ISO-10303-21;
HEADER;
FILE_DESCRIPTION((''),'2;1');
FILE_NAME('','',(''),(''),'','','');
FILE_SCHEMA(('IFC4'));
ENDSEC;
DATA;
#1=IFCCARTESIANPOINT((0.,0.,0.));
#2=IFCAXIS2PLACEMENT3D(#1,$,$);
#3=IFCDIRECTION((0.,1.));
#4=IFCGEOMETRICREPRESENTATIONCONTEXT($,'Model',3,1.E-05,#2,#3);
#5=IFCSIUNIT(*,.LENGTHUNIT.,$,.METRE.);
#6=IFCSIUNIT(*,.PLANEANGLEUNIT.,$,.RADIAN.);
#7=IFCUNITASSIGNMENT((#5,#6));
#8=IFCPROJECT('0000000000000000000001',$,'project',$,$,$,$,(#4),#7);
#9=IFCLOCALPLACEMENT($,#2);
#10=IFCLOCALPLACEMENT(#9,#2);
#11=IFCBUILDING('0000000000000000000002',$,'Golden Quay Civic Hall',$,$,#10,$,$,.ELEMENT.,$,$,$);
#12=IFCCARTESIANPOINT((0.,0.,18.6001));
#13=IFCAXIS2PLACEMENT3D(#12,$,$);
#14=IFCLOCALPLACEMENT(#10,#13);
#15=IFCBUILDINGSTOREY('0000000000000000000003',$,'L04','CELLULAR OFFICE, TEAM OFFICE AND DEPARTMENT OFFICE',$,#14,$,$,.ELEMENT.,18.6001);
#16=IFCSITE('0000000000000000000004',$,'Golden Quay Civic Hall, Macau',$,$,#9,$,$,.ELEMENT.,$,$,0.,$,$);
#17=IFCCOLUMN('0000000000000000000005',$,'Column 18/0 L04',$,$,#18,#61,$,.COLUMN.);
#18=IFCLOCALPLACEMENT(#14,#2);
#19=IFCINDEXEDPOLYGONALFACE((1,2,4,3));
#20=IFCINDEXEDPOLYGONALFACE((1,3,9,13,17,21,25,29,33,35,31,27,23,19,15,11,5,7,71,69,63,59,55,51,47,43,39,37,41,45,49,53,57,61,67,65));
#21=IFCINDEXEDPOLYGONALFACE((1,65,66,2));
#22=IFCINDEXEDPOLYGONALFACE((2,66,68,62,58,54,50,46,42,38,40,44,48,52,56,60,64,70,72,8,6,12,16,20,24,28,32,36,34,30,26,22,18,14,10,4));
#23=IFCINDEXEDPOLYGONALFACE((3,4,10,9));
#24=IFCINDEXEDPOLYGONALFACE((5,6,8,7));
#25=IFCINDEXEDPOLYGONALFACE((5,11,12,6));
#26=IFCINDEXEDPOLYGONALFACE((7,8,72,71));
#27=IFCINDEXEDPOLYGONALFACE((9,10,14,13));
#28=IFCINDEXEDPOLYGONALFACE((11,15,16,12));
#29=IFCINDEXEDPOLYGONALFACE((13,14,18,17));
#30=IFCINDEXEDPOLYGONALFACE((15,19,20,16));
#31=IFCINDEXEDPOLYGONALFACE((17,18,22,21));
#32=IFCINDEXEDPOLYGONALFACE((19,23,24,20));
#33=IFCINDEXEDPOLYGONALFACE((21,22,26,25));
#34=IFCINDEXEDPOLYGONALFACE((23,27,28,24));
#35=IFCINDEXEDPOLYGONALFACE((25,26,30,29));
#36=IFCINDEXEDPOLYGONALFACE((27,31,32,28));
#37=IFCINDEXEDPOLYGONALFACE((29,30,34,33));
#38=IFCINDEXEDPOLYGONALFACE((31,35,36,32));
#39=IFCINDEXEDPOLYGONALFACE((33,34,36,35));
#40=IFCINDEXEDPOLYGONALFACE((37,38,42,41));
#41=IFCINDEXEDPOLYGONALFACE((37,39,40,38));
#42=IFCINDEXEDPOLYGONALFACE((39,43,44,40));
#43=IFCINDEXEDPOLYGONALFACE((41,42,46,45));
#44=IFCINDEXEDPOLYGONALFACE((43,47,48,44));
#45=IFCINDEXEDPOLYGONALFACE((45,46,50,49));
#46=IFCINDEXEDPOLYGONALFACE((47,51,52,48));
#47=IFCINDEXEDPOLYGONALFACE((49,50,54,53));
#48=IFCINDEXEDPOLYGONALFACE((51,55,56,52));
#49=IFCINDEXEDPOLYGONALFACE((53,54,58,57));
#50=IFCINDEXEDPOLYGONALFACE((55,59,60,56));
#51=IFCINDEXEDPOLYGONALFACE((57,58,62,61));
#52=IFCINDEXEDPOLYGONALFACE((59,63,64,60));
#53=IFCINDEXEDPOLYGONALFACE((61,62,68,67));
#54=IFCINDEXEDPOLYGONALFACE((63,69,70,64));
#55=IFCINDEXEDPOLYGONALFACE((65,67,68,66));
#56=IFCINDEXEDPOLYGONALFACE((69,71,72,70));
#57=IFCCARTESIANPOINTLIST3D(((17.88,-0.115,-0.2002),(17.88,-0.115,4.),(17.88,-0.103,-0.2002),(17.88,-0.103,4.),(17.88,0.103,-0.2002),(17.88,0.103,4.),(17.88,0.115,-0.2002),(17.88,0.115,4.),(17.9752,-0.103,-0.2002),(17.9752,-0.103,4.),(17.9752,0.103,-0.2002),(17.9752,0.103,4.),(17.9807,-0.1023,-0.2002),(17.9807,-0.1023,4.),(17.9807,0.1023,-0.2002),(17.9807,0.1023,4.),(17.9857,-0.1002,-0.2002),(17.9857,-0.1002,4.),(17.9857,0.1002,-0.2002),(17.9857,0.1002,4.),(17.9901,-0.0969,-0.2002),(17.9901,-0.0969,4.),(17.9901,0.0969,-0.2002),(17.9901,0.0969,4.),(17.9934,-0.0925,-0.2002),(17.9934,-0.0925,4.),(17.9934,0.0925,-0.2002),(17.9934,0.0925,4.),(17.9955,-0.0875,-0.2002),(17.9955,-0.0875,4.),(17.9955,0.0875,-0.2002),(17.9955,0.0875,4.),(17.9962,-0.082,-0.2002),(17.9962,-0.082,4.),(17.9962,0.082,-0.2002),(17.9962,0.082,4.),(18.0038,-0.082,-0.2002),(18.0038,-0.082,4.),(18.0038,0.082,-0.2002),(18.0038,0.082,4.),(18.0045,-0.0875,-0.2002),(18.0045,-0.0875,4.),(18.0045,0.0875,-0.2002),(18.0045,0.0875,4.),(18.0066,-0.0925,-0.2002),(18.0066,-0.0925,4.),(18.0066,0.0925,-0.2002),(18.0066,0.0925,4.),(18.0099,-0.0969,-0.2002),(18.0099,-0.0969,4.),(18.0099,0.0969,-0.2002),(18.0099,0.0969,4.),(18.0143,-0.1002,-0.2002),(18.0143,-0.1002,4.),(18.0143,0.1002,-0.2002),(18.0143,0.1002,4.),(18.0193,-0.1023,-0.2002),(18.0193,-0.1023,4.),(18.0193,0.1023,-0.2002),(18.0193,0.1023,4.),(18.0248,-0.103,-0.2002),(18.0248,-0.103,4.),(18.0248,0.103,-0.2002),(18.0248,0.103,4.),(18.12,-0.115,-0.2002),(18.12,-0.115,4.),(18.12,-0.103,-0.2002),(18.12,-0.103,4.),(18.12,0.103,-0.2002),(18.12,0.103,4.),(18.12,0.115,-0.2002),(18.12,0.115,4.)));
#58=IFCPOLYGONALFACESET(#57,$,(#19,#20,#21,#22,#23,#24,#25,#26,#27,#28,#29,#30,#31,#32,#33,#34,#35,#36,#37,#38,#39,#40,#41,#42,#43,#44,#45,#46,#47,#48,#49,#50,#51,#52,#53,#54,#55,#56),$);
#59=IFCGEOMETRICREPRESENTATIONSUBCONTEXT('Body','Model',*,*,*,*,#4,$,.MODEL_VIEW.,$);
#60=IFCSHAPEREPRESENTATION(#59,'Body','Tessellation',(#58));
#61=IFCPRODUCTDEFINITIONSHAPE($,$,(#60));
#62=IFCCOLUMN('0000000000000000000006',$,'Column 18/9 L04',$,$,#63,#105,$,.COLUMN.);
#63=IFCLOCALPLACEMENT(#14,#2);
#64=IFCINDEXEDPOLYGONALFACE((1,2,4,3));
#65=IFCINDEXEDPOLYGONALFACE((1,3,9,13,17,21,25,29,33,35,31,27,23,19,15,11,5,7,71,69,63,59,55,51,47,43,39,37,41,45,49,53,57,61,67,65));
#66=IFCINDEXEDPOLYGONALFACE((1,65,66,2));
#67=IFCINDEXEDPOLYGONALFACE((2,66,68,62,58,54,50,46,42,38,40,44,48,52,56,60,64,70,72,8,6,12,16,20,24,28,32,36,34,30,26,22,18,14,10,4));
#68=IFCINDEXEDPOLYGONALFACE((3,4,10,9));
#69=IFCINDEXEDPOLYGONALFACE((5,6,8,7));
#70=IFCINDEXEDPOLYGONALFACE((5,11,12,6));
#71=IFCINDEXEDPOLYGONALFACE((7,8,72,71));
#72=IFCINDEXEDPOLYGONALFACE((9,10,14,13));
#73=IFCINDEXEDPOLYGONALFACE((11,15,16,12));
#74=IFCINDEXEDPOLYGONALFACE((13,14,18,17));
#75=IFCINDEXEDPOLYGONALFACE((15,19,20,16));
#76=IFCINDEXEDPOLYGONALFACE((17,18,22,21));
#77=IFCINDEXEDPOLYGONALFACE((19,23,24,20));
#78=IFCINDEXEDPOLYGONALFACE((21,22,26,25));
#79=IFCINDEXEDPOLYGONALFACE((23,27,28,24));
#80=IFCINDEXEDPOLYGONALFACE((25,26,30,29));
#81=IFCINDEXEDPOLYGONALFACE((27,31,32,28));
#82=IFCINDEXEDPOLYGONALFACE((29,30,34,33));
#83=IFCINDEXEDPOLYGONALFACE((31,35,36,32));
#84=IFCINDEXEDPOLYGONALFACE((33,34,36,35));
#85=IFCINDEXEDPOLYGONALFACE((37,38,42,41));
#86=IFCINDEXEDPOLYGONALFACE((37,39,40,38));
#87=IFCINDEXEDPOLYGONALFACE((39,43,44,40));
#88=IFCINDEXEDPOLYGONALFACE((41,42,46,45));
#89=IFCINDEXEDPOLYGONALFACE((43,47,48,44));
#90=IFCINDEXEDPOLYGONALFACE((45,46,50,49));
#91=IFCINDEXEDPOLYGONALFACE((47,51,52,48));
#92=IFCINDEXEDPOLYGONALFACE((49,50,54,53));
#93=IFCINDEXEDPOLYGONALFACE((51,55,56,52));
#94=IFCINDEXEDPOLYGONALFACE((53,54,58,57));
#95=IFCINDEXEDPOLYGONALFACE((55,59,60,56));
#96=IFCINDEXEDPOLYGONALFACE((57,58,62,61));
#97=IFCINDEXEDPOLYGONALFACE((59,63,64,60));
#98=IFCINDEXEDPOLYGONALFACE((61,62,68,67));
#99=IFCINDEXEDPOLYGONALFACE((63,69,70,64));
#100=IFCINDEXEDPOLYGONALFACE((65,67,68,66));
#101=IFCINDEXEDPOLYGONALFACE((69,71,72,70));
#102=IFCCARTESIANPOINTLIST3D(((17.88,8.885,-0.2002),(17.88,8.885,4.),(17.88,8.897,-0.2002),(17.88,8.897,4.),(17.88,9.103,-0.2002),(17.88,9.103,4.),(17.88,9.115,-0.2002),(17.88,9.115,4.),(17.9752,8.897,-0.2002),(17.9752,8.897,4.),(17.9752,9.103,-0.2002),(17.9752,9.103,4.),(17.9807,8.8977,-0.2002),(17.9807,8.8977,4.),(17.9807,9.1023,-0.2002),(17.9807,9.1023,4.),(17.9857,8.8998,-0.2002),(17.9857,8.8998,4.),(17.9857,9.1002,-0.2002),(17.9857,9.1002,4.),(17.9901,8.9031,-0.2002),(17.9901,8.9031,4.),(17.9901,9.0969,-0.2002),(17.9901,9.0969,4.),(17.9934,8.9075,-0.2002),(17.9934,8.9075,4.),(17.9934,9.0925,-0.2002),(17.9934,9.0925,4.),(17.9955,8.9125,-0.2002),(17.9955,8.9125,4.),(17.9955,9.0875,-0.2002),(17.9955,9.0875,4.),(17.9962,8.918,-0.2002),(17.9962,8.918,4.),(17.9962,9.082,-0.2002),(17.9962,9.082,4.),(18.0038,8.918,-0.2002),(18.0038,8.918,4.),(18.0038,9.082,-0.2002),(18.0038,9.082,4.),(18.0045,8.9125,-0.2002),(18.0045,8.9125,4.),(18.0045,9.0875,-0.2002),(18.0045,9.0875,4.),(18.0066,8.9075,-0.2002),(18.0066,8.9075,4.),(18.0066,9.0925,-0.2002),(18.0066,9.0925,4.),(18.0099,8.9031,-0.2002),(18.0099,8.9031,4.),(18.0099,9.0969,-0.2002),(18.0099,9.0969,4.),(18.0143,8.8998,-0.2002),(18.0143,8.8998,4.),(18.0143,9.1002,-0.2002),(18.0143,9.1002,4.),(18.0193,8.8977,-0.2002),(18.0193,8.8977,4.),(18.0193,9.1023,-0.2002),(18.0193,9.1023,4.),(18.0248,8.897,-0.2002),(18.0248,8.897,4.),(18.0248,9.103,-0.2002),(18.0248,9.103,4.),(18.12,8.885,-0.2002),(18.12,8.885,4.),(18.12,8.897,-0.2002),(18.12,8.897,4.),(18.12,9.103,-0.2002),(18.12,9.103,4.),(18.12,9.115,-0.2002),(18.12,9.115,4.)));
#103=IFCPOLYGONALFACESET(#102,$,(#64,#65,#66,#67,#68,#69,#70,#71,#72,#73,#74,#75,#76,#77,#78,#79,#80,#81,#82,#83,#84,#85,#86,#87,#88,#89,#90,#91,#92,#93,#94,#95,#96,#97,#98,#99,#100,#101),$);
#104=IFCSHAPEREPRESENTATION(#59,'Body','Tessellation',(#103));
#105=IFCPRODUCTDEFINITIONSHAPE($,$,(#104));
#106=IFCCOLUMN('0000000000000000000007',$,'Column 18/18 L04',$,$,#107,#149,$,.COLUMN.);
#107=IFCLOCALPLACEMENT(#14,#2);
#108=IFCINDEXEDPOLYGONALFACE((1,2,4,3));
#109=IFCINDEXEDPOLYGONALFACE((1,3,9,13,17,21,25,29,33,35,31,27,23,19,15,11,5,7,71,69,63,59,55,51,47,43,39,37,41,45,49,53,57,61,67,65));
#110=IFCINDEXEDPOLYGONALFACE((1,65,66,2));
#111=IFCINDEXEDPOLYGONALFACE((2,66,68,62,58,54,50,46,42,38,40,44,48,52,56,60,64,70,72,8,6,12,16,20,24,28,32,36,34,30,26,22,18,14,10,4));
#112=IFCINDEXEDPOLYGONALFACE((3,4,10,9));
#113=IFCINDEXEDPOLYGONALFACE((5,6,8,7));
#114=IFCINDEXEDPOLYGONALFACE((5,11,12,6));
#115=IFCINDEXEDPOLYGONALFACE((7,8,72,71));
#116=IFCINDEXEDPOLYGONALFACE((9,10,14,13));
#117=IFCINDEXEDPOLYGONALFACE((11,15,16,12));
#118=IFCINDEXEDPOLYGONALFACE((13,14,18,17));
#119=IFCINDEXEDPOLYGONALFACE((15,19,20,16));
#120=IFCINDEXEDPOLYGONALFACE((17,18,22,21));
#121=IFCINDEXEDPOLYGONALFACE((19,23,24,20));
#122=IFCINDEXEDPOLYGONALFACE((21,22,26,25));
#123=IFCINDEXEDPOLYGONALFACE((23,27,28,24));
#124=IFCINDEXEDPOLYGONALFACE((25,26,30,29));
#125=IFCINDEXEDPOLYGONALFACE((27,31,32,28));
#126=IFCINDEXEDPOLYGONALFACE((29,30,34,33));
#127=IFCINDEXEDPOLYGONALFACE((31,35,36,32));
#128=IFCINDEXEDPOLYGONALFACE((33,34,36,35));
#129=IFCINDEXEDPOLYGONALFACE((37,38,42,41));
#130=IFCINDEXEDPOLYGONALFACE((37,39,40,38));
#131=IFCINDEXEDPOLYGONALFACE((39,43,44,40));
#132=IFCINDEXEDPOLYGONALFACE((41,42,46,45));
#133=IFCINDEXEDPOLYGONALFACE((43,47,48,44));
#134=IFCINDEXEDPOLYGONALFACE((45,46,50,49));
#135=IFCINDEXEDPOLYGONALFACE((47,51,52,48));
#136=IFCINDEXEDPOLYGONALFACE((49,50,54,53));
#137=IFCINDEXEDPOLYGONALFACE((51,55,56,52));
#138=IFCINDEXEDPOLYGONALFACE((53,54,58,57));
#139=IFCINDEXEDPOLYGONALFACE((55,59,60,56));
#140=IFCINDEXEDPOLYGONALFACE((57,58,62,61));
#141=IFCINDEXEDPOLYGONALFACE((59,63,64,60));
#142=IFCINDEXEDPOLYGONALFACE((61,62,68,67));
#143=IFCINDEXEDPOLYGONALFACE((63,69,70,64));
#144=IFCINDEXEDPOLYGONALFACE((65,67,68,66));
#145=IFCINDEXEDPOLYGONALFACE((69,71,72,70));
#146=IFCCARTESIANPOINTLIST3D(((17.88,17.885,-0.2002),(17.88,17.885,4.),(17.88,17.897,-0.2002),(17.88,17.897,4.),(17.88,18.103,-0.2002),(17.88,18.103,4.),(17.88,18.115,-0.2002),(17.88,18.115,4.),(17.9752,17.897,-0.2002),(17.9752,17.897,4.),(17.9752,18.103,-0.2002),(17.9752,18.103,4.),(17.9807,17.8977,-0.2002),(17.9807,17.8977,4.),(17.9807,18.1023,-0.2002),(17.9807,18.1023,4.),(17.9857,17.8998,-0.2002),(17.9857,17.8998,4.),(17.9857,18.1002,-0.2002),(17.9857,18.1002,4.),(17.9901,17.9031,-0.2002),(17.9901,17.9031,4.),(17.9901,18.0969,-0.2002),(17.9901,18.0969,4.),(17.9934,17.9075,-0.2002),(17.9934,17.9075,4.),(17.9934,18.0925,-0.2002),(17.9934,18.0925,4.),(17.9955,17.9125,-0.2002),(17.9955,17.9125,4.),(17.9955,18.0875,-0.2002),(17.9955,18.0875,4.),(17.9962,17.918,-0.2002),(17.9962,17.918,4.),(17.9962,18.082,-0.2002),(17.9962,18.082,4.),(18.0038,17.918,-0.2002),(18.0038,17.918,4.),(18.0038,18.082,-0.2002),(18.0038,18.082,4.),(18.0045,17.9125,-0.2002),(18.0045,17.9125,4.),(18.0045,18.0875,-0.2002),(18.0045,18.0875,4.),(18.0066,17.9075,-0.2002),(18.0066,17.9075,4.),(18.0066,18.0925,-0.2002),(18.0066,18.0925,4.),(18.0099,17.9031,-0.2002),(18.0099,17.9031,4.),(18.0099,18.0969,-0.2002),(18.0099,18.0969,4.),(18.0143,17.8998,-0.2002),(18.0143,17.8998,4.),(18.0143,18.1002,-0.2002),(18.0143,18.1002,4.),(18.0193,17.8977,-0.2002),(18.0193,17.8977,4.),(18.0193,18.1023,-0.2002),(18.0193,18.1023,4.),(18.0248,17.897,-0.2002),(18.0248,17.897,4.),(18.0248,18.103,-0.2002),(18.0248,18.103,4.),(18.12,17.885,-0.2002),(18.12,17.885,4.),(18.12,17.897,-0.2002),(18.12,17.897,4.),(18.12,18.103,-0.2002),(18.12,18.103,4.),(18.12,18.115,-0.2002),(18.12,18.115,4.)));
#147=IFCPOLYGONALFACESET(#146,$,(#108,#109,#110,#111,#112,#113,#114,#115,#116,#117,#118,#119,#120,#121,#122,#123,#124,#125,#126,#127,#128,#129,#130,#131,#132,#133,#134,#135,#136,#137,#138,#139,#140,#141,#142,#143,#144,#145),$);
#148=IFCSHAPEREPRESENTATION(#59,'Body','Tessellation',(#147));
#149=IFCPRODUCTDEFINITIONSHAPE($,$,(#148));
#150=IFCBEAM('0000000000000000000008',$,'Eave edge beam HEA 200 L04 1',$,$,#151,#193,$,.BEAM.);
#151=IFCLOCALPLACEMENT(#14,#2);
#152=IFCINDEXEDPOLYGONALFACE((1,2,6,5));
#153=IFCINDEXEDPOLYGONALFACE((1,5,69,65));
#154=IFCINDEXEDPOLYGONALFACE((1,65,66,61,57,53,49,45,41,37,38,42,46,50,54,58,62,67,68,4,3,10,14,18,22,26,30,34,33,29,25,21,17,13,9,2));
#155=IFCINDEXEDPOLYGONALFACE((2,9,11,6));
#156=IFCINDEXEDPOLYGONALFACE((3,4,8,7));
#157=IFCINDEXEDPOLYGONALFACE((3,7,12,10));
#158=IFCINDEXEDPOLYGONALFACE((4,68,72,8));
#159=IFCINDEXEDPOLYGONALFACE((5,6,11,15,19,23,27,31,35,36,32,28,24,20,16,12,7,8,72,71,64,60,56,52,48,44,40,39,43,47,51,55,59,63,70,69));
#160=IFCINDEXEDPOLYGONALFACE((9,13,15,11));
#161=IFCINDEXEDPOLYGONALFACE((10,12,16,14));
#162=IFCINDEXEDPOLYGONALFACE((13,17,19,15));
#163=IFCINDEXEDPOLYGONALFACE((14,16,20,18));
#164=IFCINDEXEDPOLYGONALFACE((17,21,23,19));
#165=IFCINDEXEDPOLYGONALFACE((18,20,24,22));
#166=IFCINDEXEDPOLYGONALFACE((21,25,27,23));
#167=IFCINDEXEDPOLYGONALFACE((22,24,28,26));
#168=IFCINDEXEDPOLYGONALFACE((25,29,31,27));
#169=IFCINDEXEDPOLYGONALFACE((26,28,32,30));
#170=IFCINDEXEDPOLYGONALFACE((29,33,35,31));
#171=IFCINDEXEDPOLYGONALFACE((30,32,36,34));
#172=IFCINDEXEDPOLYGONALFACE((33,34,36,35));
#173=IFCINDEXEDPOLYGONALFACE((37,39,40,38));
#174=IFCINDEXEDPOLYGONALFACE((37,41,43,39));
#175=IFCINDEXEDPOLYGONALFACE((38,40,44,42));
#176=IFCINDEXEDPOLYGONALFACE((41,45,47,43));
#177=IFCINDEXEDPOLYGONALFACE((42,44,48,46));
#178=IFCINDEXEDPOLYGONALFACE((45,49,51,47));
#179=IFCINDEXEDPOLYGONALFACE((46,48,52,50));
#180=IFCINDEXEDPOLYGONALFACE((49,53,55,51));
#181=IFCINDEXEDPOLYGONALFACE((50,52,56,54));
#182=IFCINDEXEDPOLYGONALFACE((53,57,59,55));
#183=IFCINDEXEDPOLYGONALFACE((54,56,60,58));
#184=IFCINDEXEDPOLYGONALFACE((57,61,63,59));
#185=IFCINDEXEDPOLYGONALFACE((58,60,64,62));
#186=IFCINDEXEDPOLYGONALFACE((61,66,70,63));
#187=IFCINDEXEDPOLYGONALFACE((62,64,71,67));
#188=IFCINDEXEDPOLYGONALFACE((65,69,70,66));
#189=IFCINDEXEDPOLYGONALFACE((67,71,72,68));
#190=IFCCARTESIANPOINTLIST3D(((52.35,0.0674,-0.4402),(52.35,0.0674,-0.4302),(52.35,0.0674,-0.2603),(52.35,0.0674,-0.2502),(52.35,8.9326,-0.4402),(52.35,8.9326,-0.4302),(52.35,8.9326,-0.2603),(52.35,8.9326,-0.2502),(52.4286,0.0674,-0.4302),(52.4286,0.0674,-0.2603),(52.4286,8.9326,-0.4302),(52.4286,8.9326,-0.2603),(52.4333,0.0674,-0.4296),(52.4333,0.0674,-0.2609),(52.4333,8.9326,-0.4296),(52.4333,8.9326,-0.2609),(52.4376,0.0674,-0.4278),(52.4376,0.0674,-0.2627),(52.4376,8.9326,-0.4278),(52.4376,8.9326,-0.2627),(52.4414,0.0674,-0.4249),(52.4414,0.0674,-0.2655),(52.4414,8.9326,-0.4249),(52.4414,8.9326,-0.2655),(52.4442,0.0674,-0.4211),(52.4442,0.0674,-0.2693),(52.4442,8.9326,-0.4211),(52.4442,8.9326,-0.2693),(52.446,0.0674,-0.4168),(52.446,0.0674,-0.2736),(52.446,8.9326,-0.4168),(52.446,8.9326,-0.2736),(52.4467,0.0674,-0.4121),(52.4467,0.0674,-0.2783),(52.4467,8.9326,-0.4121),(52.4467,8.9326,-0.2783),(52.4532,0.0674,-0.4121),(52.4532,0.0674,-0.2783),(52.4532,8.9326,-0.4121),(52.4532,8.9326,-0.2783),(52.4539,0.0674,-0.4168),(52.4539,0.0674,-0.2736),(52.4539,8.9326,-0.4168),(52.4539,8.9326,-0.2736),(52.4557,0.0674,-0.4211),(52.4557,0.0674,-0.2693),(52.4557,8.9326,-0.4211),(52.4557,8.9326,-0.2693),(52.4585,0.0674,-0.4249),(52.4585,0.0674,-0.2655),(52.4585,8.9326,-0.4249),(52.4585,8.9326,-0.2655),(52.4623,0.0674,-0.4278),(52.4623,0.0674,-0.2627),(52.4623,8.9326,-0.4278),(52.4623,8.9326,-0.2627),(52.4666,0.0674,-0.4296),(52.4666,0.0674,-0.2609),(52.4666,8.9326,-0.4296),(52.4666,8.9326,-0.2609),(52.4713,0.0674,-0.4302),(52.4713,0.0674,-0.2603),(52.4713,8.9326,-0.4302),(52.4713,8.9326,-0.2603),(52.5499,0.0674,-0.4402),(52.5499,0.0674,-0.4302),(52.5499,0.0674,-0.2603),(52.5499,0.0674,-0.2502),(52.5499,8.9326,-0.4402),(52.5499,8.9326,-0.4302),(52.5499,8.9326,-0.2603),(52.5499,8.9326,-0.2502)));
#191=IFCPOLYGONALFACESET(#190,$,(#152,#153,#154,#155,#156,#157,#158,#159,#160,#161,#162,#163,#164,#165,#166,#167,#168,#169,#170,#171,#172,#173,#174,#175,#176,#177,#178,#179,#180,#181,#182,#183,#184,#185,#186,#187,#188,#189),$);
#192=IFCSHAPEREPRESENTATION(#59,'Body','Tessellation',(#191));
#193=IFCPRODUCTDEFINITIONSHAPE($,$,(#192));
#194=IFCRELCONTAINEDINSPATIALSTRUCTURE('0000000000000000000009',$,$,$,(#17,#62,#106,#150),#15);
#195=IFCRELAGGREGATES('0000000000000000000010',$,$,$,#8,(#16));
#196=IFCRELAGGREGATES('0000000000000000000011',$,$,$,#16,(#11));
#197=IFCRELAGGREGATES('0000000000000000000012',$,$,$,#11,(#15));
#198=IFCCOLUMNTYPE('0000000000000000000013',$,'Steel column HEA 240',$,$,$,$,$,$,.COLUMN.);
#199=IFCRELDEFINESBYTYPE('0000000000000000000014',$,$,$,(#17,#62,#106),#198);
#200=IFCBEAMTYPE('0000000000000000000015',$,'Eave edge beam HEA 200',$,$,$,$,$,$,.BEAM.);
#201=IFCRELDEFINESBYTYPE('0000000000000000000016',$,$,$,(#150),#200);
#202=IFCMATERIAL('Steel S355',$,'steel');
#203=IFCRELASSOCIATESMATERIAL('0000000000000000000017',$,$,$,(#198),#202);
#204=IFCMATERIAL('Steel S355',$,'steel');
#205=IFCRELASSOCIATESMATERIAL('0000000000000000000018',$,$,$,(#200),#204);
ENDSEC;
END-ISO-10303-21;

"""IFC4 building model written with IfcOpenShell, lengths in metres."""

from ifc_helpers import new_model, si_unit, direction, frame, origin, origin_2d, place, context, subcontext, project, spatial, i_section, extrude, material, material_profile, profile_set, type_object, element, save


model = new_model("IFC4")

# Units and contexts
model_context = context("Model", 3, precision=1e-05, world=origin(), true_north=direction((0.0, 1.0)))
body_context = subcontext(model_context, "Body", "Model", "MODEL_VIEW")
ifc_project = project(units=[si_unit("LENGTHUNIT", "METRE"), si_unit("PLANEANGLEUNIT", "RADIAN")], contexts=[model_context])

# Site, building, storey
site_placement = place(None, origin())
site = spatial("IfcSite", under=ifc_project, at=site_placement, Name="Golden Quay Civic Hall, Macau", CompositionType="ELEMENT", RefElevation=0.0)
building_placement = place(site_placement, origin())
building = spatial("IfcBuilding", under=site, at=building_placement, Name="Golden Quay Civic Hall", CompositionType="ELEMENT")
storey_placement = place(building_placement, frame((0.0, 0.0, 18.6001)))
storey = spatial("IfcBuildingStorey", under=building, at=storey_placement, Name="L04", Description="CELLULAR OFFICE, TEAM OFFICE AND DEPARTMENT OFFICE", CompositionType="ELEMENT", Elevation=18.6001)

# Columns
ifc_material_1 = material(Name="Steel S355", Category="steel")
ifc_material_profile_1 = material_profile(ifc_material_1, i_section(OverallWidth=0.24, OverallDepth=0.23, WebThickness=0.0076, FlangeThickness=0.012, FilletRadius=0.021, at=origin_2d()), Name="HEA 240")
ifc_profile_set_1 = profile_set([ifc_material_profile_1], Name="Steel S355")
column_type = type_object("IfcColumnType", Name="Steel column HEA 240", PredefinedType="COLUMN", material=ifc_profile_set_1)
for number, where, z_axis, x_axis, name in (
    (1, (18.0, 0.0, -0.2002), (0.0, 0.0, 1.0), (1.0, 0.0, 0.0), "Column 18/0 L04"),
    (2, (18.0, 9.0, -0.2002), (0.0, 0.0, 1.0), (1.0, 0.0, 0.0), "Column 18/9 L04"),
    (3, (18.0, 18.0, -0.2002), (0.0, 0.0, 1.0), (1.0, 0.0, 0.0), "Column 18/18 L04"),
):
    element("IfcColumn", number, at=place(storey_placement, frame(where, z_axis=z_axis, x_axis=x_axis)), inside=storey, type_object=column_type, Name=name, PredefinedType="COLUMN", context=body_context, shape_type="SweptSolid", body=[
        extrude(i_section(OverallWidth=0.24, OverallDepth=0.23, WebThickness=0.0076, FlangeThickness=0.012, FilletRadius=0.021, at=origin_2d()), origin(), (0.0, 0.0, 1.0), 4.2002),
    ])

# Beam
ifc_material_2 = material(Name="Steel S355", Category="steel")
ifc_material_profile_2 = material_profile(ifc_material_2, i_section(OverallWidth=0.2, OverallDepth=0.1899, WebThickness=0.0066, FlangeThickness=0.01, FilletRadius=0.0181, at=origin_2d()), Name="HEA 200")
ifc_profile_set_2 = profile_set([ifc_material_profile_2], Name="Steel S355")
beam_type_1 = type_object("IfcBeamType", Name="Eave edge beam HEA 200", PredefinedType="BEAM", material=ifc_profile_set_2)
for number, where, z_axis, x_axis, name in (
    (4, (52.45, 0.0674, -0.3452), (0.0, 1.0, 0.0), (-1.0, 0.0, 0.0), "Eave edge beam HEA 200 L04 1"),
):
    element("IfcBeam", number, at=place(storey_placement, frame(where, z_axis=z_axis, x_axis=x_axis)), inside=storey, type_object=beam_type_1, Name=name, PredefinedType="BEAM", context=body_context, shape_type="SweptSolid", body=[
        extrude(i_section(OverallWidth=0.2, OverallDepth=0.1899, WebThickness=0.0066, FlangeThickness=0.01, FilletRadius=0.0181, at=origin_2d()), origin(), (0.0, 0.0, 1.0), 8.8652),
    ])

save(model, "model.ifc")
